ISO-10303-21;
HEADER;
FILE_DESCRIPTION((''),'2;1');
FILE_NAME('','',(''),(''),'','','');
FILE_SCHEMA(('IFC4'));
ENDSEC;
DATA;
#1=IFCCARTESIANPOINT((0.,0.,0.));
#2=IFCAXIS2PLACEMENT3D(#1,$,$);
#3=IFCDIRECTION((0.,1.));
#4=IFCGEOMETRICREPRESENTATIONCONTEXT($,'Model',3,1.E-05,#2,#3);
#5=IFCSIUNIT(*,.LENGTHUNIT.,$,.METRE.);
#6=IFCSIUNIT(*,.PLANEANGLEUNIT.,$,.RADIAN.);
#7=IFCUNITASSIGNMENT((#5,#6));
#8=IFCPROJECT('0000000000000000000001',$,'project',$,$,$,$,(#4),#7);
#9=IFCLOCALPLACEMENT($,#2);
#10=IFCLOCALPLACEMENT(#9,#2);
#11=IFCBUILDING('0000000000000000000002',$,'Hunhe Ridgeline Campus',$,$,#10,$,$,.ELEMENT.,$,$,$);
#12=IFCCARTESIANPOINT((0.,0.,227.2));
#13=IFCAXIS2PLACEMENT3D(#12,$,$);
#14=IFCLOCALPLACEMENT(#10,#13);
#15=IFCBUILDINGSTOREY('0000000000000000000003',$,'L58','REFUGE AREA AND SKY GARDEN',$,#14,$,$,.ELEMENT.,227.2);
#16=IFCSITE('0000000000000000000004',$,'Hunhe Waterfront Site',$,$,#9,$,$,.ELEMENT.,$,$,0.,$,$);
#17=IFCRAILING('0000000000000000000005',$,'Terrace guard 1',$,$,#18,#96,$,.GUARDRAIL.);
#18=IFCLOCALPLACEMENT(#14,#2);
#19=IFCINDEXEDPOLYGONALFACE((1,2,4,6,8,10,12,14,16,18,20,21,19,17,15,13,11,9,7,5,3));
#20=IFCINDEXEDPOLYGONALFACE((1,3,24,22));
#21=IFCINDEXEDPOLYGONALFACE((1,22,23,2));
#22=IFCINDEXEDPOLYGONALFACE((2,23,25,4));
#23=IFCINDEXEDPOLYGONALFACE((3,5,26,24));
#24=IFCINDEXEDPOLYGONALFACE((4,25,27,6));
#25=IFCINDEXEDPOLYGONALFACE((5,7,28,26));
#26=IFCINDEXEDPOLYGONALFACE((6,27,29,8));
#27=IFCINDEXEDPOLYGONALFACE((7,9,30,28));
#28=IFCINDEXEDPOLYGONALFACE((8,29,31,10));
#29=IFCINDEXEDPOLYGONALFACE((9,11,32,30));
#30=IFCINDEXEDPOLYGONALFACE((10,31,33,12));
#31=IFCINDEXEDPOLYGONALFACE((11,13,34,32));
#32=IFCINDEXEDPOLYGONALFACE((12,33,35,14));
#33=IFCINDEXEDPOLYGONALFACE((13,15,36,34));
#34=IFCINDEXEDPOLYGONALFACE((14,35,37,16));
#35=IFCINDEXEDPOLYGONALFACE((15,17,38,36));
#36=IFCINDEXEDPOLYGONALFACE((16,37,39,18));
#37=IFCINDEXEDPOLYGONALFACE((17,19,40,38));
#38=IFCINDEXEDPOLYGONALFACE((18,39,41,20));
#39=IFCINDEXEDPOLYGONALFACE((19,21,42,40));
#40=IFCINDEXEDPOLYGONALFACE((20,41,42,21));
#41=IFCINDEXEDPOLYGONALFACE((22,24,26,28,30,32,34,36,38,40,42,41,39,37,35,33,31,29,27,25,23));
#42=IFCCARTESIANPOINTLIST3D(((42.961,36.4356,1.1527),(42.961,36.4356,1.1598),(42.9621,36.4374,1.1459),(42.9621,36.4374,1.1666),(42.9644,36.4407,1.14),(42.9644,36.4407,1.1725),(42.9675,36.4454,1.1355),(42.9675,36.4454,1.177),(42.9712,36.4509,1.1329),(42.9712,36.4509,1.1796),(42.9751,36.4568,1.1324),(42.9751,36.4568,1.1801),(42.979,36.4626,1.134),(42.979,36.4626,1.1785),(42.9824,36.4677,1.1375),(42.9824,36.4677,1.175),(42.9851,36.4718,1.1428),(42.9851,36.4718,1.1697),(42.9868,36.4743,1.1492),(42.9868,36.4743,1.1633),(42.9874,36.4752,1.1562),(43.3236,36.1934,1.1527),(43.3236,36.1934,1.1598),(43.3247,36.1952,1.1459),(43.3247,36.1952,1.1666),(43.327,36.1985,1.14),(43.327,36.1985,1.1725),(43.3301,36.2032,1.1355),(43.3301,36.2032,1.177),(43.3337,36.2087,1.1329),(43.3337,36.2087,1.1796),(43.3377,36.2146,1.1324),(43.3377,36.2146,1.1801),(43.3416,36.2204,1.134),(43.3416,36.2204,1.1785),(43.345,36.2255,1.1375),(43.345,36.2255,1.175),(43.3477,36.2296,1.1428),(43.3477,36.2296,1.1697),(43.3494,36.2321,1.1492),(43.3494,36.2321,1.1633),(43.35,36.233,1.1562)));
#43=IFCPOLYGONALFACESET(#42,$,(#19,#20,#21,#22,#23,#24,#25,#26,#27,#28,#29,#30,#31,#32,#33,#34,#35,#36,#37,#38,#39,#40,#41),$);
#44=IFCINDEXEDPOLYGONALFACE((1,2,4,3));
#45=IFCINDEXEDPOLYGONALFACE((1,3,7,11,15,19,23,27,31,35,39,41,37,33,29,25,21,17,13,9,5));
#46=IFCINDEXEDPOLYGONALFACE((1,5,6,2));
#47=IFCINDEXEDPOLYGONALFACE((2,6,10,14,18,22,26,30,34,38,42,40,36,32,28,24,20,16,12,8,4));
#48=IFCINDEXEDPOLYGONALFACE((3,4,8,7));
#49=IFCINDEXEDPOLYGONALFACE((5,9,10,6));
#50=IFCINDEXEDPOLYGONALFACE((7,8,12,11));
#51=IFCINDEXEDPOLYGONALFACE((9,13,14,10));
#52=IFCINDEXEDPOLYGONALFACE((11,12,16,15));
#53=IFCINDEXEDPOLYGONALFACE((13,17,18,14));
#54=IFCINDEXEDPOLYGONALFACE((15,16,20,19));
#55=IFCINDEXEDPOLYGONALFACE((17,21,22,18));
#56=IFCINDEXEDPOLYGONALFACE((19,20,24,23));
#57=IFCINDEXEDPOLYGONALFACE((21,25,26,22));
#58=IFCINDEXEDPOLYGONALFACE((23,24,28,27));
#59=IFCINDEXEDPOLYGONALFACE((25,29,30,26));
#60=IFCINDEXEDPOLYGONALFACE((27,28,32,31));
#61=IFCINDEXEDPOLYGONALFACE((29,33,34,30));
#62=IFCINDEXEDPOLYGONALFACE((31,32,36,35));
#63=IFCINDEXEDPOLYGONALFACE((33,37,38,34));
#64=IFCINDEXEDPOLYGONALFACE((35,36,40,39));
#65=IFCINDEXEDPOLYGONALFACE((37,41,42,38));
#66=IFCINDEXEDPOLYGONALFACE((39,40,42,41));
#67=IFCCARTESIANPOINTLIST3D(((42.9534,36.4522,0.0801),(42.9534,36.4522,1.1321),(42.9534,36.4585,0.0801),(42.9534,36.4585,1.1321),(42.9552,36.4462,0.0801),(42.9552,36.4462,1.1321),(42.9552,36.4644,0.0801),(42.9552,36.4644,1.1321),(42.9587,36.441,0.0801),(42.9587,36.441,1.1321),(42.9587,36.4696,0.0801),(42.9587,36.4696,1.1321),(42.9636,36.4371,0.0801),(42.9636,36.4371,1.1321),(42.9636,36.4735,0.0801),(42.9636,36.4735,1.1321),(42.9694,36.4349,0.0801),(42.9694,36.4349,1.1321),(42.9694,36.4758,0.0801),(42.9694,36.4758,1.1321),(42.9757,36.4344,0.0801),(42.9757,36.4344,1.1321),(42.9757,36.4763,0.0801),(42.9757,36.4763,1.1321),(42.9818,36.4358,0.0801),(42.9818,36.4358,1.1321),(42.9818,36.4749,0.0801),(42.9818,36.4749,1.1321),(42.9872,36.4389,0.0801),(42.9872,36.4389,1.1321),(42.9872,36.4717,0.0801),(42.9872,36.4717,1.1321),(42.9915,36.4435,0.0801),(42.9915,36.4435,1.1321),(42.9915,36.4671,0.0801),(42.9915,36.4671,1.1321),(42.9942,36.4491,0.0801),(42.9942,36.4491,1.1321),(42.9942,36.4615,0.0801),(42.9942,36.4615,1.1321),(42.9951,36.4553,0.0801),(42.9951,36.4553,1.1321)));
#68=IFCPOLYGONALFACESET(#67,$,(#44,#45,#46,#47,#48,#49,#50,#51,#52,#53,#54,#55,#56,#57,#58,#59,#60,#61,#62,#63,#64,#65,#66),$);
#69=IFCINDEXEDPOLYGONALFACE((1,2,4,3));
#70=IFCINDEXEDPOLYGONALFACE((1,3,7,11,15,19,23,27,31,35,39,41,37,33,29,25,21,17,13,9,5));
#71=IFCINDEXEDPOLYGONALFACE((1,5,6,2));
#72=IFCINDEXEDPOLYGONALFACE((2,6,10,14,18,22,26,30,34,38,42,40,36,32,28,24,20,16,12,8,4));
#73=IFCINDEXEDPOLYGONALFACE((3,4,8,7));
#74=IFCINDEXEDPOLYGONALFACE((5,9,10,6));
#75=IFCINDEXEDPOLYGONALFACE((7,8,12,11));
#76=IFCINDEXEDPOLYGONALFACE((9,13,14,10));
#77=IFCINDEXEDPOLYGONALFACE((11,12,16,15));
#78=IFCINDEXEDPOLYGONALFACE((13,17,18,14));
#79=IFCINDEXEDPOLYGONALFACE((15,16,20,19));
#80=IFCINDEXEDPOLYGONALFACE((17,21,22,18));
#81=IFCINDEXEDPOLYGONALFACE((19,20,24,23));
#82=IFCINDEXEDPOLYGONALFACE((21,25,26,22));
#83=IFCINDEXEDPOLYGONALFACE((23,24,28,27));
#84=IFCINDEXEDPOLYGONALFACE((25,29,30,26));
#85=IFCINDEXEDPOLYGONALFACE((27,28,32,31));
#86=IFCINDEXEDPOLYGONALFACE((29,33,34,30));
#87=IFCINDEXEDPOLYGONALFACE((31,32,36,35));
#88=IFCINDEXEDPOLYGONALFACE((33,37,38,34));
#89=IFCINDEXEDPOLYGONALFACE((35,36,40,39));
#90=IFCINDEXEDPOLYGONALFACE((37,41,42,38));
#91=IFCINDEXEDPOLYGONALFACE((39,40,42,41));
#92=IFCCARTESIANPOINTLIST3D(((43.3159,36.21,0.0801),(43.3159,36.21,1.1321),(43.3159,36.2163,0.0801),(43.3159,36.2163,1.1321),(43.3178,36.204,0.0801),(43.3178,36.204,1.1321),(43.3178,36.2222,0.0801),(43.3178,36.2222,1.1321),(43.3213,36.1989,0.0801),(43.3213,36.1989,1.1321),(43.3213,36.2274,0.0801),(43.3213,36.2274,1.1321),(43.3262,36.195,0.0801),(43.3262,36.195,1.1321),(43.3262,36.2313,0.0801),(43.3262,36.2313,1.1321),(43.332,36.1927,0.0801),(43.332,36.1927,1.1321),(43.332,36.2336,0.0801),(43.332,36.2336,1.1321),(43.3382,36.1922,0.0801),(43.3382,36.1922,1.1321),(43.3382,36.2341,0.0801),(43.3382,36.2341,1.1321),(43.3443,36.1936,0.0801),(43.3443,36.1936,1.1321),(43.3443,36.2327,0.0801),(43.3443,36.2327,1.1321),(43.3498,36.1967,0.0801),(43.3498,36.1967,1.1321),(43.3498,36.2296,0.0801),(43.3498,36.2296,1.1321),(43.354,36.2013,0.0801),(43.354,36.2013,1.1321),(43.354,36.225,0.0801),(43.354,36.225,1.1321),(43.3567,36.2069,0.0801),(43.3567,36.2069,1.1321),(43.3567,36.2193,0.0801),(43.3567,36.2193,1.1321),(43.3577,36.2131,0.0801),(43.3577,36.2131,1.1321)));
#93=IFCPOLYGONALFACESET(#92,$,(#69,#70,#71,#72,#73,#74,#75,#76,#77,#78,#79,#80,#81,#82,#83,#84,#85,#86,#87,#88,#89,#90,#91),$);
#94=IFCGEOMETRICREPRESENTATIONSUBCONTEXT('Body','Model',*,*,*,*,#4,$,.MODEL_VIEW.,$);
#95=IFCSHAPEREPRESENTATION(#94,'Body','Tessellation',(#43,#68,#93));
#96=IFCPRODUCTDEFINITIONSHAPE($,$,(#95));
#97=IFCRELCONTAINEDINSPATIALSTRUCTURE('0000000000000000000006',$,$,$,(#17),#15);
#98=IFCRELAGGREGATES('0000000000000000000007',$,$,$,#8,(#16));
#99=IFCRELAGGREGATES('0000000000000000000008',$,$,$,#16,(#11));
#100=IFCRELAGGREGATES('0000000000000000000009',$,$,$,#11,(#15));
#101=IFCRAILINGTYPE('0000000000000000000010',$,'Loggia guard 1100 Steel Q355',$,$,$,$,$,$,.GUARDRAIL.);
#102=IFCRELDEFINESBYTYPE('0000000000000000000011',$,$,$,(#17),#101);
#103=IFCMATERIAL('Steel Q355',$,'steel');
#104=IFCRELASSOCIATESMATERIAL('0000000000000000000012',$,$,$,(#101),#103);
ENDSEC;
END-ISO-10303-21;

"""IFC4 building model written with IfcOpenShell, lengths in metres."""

from ifc_helpers import new_model, si_unit, direction, frame, origin, origin_2d, place, context, subcontext, project, spatial, circle, extrude, material, type_object, element, save


model = new_model("IFC4")

# Units and contexts
model_context = context("Model", 3, precision=1e-05, world=origin(), true_north=direction((0.0, 1.0)))
body_context = subcontext(model_context, "Body", "Model", "MODEL_VIEW")
ifc_project = project(units=[si_unit("LENGTHUNIT", "METRE"), si_unit("PLANEANGLEUNIT", "RADIAN")], contexts=[model_context])

# Site, building, storey
site_placement = place(None, origin())
site = spatial("IfcSite", under=ifc_project, at=site_placement, Name="Hunhe Waterfront Site", CompositionType="ELEMENT", RefElevation=0.0)
building_placement = place(site_placement, origin())
building = spatial("IfcBuilding", under=site, at=building_placement, Name="Hunhe Ridgeline Campus", CompositionType="ELEMENT")
storey_placement = place(building_placement, frame((0.0, 0.0, 227.2)))
storey = spatial("IfcBuildingStorey", under=building, at=storey_placement, Name="L58", Description="REFUGE AREA AND SKY GARDEN", CompositionType="ELEMENT", Elevation=227.2)

# Railing
ifc_material_1 = material(Name="Steel Q355", Category="steel")
railing_type = type_object("IfcRailingType", Name="Loggia guard 1100 Steel Q355", PredefinedType="GUARDRAIL", material=ifc_material_1)
railing_1_placement = place(storey_placement, frame((42.9741, 36.4553, 0.0801)))
element("IfcRailing", 1, at=railing_1_placement, inside=storey, type_object=railing_type, Name="Terrace guard 1", PredefinedType="GUARDRAIL", context=body_context, shape_type="SweptSolid", body=[
    extrude(circle(Radius=0.0239, at=origin_2d()), frame((0.0, 0.0, 1.0762), z_axis=(0.831533, -0.555475, 0.0), x_axis=(0.555475, 0.831533, 0.0)), (0.0, 0.0, 1.0), 0.436),
    extrude(circle(Radius=0.021, at=origin_2d()), origin(), (0.0, 0.0, 1.0), 1.052),
    extrude(circle(Radius=0.021, at=origin_2d()), frame((0.3625, -0.2422, 0.0)), (0.0, 0.0, 1.0), 1.052),
])

save(model, "model.ifc")
